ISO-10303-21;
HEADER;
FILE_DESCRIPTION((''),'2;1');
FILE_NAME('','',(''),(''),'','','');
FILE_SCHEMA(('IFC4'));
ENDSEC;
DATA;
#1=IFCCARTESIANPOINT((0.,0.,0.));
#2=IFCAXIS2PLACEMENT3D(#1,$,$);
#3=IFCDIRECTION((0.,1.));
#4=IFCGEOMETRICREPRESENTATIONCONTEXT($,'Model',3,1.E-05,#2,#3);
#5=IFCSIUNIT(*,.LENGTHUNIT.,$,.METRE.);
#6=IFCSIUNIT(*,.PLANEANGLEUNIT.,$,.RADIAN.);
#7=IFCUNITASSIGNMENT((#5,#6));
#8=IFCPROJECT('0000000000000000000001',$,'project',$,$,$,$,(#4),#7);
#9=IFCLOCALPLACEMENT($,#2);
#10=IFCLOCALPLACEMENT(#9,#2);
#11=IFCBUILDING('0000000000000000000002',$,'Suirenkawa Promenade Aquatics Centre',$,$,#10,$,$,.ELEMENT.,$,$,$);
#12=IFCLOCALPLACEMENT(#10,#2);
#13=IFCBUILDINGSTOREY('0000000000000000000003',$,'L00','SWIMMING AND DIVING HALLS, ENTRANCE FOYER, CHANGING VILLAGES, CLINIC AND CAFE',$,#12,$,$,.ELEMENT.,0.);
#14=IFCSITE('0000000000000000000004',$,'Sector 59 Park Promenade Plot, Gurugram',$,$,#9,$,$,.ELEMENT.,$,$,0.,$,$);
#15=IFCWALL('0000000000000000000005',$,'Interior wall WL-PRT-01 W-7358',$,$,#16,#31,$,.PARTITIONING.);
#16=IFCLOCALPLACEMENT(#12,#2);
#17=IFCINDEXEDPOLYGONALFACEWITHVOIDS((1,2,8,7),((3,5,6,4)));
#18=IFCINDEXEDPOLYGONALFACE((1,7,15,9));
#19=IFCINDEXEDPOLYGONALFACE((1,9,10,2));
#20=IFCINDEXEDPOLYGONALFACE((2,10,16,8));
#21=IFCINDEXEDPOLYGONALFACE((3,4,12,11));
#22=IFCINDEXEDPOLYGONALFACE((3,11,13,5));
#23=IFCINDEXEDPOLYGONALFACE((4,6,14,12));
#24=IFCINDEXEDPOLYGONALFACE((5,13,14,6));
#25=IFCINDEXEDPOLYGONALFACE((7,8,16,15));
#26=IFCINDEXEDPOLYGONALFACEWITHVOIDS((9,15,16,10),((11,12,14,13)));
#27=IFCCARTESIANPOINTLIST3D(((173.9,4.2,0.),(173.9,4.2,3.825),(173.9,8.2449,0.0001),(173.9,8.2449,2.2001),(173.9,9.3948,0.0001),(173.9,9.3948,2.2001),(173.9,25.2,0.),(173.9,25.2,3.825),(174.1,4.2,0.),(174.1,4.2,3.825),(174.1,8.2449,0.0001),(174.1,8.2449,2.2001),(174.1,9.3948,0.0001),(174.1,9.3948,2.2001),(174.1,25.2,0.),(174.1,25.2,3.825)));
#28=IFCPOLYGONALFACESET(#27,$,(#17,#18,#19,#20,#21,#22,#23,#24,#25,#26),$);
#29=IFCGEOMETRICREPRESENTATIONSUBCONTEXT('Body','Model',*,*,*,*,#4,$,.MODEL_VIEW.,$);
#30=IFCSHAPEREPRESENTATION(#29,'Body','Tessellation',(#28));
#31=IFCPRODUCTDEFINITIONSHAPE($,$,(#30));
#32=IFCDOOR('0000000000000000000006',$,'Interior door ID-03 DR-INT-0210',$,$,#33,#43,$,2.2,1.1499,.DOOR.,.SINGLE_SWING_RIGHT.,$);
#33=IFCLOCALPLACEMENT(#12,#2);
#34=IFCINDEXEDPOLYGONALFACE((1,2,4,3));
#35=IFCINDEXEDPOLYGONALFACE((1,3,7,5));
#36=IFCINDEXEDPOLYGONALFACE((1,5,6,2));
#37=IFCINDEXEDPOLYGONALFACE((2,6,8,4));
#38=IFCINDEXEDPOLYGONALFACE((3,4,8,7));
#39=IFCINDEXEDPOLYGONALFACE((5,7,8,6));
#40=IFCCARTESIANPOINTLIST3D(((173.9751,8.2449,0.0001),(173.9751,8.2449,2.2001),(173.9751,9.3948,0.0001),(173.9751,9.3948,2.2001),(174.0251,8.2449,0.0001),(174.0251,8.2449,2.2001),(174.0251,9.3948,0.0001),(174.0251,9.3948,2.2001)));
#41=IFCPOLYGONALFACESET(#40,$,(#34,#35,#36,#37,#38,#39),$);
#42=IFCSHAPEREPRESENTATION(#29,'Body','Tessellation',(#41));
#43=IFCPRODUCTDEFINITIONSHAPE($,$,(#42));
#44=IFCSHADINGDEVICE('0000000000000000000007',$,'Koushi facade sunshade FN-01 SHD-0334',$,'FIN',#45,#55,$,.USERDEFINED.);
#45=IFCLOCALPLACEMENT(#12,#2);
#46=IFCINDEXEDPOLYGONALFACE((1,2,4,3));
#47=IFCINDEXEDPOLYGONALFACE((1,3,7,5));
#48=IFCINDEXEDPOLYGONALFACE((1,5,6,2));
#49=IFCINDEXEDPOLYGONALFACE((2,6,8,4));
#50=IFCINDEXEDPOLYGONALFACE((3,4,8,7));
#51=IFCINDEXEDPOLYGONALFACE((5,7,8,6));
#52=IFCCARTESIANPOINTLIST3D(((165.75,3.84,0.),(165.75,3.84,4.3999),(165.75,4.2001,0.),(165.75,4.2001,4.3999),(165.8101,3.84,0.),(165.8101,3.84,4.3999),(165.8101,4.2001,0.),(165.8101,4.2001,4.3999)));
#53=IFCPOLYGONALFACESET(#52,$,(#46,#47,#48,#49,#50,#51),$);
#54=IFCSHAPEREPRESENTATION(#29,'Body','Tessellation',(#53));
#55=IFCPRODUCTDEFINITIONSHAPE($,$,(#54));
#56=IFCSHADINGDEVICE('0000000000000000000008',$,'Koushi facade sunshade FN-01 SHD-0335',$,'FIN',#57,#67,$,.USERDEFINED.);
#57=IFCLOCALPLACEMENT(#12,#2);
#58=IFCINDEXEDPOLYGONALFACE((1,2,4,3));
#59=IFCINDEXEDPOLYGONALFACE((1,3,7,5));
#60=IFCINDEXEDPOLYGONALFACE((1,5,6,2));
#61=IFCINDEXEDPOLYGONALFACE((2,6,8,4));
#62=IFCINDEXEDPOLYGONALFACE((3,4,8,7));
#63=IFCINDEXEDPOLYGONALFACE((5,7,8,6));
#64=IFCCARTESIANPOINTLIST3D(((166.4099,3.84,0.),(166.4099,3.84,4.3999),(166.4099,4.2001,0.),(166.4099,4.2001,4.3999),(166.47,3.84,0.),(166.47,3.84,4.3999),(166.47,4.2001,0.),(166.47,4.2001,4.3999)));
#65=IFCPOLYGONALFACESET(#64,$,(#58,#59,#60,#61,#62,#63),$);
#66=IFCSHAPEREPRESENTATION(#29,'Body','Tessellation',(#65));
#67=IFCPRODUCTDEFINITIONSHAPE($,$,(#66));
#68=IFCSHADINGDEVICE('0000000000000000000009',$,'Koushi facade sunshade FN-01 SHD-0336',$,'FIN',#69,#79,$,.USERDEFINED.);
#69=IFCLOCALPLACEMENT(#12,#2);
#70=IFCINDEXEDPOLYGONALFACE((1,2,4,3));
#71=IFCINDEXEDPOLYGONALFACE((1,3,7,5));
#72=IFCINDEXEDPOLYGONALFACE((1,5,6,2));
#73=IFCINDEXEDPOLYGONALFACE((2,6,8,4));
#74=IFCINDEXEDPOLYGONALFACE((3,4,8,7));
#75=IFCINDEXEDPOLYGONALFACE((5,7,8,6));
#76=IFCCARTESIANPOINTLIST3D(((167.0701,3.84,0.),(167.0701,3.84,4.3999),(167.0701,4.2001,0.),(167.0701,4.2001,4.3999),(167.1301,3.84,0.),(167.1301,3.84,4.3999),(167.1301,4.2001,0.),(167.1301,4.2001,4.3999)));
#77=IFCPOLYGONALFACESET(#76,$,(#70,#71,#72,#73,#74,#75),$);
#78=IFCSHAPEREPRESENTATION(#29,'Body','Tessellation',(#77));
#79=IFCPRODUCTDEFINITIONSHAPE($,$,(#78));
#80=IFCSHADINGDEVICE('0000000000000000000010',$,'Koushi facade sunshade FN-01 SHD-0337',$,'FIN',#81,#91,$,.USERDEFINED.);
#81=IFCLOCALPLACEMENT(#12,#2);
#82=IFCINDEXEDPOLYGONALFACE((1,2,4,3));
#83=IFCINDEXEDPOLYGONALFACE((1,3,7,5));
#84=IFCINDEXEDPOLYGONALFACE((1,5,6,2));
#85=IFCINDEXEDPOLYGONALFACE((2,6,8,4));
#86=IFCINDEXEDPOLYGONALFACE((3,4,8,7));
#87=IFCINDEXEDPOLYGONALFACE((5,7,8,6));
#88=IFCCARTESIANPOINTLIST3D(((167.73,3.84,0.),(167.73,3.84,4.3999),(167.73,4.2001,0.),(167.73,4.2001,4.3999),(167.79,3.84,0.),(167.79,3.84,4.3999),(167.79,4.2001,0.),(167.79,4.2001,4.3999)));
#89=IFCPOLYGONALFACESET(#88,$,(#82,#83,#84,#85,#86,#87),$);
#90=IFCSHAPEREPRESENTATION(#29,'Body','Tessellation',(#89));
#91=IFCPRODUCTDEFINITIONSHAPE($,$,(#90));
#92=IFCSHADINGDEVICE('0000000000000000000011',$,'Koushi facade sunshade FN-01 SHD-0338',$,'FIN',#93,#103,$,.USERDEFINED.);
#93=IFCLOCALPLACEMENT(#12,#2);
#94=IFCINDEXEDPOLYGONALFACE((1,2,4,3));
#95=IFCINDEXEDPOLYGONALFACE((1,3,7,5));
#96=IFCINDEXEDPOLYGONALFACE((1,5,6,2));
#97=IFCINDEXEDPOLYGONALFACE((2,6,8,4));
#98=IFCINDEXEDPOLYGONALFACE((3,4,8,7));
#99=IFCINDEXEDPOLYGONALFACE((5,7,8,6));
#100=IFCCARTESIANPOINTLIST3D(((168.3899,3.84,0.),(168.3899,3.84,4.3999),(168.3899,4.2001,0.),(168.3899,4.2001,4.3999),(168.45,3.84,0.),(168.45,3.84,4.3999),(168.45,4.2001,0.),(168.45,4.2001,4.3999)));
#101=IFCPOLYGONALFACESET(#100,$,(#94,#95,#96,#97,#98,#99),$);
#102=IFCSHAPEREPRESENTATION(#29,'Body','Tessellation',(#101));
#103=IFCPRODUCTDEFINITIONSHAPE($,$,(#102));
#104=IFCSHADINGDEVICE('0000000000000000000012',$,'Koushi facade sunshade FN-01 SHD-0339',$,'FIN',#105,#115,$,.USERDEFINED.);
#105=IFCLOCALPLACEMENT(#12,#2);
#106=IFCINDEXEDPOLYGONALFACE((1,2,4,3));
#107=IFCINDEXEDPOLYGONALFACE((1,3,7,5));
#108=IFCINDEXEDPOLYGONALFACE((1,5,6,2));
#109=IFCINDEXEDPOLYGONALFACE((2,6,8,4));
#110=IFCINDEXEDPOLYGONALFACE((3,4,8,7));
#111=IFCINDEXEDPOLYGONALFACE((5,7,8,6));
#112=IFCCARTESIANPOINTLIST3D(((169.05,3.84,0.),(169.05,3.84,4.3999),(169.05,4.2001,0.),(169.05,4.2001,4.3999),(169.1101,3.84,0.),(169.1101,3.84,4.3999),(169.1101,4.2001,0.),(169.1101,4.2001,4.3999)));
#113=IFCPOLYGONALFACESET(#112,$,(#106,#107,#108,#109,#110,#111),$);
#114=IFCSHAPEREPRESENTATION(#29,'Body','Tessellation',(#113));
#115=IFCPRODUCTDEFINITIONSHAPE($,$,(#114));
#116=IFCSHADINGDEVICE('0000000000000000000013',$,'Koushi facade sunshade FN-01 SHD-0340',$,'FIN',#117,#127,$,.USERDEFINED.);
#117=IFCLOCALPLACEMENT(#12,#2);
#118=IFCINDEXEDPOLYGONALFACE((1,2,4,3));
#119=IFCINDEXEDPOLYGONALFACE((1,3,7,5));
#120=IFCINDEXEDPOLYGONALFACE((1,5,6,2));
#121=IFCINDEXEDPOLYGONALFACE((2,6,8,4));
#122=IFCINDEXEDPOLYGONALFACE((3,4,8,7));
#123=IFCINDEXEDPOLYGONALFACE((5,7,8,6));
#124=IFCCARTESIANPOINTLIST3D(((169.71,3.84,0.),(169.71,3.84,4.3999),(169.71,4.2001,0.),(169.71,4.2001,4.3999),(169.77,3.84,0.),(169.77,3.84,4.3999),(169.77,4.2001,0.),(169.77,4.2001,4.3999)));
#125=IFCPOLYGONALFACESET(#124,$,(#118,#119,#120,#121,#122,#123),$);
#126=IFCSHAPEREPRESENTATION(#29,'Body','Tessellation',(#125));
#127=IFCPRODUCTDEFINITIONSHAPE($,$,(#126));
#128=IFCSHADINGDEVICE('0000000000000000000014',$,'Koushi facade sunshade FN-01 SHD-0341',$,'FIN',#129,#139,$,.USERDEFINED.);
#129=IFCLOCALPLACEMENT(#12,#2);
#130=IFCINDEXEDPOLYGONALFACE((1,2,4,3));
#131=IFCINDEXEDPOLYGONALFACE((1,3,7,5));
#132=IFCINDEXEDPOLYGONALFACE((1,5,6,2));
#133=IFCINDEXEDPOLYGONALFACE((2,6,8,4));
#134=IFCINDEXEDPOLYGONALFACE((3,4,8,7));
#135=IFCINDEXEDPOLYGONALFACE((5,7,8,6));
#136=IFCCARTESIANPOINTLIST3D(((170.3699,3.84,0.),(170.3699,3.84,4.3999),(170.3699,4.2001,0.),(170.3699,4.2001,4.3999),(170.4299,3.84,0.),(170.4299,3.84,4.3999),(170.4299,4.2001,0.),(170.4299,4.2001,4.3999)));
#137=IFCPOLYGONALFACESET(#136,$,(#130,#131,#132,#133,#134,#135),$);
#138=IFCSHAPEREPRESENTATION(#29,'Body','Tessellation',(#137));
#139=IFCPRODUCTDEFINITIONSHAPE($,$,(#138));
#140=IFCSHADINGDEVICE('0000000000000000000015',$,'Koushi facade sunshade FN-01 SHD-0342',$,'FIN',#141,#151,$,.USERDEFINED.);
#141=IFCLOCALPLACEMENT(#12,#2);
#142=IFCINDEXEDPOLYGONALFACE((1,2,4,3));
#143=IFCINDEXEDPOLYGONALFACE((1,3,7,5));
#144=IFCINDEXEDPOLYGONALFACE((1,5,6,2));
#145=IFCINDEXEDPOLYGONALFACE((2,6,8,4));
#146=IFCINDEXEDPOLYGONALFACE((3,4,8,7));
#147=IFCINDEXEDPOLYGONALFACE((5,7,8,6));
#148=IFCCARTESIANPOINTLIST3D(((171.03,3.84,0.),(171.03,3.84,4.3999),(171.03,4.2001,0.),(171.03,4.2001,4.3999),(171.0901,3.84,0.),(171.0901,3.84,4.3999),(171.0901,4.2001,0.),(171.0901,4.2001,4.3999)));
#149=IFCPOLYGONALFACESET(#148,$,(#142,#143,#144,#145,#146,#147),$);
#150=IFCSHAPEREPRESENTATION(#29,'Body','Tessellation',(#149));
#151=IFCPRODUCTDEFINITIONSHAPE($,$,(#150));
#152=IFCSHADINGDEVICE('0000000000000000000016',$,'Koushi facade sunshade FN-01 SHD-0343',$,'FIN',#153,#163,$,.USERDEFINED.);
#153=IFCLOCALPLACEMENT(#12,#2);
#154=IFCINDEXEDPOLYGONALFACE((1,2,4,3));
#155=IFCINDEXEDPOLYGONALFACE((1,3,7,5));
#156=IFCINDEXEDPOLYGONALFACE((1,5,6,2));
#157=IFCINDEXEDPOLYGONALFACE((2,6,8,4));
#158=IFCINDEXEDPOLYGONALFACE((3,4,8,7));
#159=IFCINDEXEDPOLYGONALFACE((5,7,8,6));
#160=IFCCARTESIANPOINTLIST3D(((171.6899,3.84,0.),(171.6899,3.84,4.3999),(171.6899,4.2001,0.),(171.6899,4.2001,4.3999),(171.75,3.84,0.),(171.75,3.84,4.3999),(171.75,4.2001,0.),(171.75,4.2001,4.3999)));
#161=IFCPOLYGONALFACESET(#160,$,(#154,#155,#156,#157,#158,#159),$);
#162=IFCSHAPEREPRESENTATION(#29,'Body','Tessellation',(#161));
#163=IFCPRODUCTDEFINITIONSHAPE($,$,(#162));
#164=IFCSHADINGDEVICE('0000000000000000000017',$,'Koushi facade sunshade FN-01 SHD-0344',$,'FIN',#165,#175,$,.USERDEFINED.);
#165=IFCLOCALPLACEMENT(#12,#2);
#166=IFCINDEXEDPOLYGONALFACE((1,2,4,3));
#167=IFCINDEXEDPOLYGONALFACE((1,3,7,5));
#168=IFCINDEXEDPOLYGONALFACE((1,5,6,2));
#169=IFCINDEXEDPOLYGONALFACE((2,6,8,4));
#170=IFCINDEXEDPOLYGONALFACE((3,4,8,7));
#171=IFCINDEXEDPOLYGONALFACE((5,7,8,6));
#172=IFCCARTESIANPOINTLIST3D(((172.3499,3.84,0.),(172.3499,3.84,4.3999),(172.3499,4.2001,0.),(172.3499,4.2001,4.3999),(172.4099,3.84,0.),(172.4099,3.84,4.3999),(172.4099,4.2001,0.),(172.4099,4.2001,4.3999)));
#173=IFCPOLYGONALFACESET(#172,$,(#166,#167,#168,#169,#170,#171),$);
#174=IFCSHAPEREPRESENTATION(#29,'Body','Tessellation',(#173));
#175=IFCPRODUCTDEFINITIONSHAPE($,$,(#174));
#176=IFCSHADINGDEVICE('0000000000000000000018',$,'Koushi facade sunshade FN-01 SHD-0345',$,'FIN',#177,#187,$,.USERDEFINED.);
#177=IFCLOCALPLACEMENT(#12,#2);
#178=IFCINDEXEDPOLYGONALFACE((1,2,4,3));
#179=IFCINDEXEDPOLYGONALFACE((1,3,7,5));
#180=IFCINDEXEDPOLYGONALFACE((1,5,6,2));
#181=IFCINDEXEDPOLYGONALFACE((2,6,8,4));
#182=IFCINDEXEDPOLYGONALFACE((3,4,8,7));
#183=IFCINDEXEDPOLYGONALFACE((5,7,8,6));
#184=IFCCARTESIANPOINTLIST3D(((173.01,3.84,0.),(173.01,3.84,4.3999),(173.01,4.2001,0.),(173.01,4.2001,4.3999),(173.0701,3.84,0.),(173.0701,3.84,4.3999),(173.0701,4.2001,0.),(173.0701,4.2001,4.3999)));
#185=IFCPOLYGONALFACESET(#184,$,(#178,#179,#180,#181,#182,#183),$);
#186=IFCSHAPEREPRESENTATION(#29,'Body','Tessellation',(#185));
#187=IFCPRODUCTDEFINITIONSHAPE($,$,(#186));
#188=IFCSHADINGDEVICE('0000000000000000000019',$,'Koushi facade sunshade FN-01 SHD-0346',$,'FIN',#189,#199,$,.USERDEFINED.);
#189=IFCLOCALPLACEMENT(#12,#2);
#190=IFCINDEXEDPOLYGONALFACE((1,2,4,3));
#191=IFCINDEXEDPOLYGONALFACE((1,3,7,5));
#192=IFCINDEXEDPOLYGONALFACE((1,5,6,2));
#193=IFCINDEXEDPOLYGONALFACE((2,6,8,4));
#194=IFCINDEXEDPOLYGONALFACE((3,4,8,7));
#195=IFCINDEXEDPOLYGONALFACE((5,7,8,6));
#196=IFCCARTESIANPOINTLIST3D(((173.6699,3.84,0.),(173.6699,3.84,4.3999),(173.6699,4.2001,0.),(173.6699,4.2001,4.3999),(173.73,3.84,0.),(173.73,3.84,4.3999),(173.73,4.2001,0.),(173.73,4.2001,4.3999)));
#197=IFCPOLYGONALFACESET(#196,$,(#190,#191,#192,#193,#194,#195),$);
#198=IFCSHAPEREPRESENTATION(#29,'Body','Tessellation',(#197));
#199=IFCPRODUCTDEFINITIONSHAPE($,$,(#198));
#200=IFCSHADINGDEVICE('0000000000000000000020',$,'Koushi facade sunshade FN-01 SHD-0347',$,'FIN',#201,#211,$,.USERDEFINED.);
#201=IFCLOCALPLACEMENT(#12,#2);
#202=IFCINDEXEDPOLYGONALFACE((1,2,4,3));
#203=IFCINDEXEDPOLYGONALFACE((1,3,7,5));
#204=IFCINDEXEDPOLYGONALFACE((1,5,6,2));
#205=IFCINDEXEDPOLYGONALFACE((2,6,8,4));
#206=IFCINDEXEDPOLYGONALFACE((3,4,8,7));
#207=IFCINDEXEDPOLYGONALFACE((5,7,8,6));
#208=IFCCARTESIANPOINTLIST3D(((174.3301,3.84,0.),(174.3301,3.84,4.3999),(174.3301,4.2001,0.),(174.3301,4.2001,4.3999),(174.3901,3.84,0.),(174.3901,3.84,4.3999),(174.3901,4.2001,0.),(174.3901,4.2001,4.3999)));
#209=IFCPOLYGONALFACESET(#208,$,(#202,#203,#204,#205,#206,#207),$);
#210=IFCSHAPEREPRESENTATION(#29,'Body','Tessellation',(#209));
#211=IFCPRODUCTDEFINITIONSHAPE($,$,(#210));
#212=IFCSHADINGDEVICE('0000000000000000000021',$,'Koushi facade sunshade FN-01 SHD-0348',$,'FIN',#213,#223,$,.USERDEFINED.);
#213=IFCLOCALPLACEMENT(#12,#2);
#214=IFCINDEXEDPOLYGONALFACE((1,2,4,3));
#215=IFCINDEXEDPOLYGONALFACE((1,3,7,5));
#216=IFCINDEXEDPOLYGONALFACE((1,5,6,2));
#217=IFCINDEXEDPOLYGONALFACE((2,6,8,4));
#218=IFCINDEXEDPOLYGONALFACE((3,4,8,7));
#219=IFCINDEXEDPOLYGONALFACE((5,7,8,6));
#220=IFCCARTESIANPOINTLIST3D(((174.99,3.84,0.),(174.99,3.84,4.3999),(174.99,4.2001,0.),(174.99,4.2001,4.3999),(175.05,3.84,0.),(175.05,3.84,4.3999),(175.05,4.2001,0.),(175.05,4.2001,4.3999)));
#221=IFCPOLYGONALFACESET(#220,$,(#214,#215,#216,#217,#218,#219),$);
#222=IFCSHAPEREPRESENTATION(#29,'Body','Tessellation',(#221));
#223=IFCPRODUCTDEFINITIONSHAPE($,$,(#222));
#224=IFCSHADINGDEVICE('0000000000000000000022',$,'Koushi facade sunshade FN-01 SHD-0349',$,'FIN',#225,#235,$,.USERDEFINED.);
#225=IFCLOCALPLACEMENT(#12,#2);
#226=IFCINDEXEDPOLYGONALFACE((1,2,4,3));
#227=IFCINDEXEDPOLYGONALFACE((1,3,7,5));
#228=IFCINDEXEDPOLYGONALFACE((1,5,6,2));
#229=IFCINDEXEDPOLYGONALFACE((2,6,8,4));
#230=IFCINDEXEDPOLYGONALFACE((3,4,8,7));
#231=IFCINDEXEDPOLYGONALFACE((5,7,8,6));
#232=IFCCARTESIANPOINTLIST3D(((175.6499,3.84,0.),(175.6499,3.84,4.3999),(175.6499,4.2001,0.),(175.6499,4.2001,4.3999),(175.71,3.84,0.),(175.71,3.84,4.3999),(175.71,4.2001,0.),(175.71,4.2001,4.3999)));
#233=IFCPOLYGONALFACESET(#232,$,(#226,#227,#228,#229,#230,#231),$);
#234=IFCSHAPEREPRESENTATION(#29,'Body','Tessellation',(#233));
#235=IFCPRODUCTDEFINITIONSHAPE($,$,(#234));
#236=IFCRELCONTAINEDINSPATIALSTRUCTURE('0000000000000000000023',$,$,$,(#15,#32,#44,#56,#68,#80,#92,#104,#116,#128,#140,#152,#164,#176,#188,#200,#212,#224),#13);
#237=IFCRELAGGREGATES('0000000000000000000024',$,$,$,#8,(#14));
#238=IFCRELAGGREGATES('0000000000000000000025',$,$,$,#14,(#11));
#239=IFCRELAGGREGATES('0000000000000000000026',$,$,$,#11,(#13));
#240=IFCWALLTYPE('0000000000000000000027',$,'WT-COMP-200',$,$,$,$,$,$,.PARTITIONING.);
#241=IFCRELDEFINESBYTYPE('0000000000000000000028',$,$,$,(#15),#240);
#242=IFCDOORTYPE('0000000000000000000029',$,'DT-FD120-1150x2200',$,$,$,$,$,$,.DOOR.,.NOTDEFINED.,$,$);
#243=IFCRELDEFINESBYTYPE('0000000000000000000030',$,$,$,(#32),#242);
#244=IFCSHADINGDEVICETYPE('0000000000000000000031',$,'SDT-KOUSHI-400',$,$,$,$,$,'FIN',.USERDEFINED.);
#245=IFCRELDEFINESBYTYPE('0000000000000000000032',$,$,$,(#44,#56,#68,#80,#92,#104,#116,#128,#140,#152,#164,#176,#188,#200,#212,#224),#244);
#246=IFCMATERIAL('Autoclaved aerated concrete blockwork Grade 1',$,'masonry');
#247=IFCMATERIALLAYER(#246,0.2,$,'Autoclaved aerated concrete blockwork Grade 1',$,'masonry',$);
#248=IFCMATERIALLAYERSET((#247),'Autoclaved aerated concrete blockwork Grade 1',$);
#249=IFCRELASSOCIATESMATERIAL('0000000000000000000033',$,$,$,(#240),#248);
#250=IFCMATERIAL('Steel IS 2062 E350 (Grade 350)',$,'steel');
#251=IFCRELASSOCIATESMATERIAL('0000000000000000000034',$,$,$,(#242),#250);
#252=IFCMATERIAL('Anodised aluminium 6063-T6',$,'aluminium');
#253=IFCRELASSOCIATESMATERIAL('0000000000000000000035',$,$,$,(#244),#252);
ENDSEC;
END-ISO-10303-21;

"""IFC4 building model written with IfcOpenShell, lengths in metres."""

from ifc_helpers import new_model, si_unit, direction, frame, frame_2d, origin, origin_2d, place, context, subcontext, project, spatial, rectangle, extrude, material, layer, layer_set, type_object, element, fill, save


model = new_model("IFC4")

# Units and contexts
model_context = context("Model", 3, precision=1e-05, world=origin(), true_north=direction((0.0, 1.0)))
body_context = subcontext(model_context, "Body", "Model", "MODEL_VIEW")
ifc_project = project(units=[si_unit("LENGTHUNIT", "METRE"), si_unit("PLANEANGLEUNIT", "RADIAN")], contexts=[model_context])

# Site, building, storey
site_placement = place(None, origin())
site = spatial("IfcSite", under=ifc_project, at=site_placement, Name="Sector 59 Park Promenade Plot, Gurugram", CompositionType="ELEMENT", RefElevation=0.0)
building_placement = place(site_placement, origin())
building = spatial("IfcBuilding", under=site, at=building_placement, Name="Suirenkawa Promenade Aquatics Centre", CompositionType="ELEMENT")
storey_placement = place(building_placement, origin())
storey = spatial("IfcBuildingStorey", under=building, at=storey_placement, Name="L00", Description="SWIMMING AND DIVING HALLS, ENTRANCE FOYER, CHANGING VILLAGES, CLINIC AND CAFE", CompositionType="ELEMENT", Elevation=0.0)

# Shared definitions
ifc_material_1 = material(Name="Steel IS 2062 E350 (Grade 350)", Category="steel")

# Wall, opening, door
ifc_material_2 = material(Name="Autoclaved aerated concrete blockwork Grade 1", Category="masonry")
ifc_layer_1 = layer(ifc_material_2, 0.2, Name="Autoclaved aerated concrete blockwork Grade 1", Category="masonry")
ifc_layer_set_1 = layer_set([ifc_layer_1], Name="Autoclaved aerated concrete blockwork Grade 1")
wall_type_1 = type_object("IfcWallType", Name="WT-COMP-200", PredefinedType="PARTITIONING", material=ifc_layer_set_1)
wall_1_placement = place(storey_placement, frame((174.0, 4.2, 0.0), z_axis=(0.0, 0.0, 1.0), x_axis=(0.0, 1.0, 0.0)))
wall_1 = element("IfcWall", 1, at=wall_1_placement, inside=storey, type_object=wall_type_1, Name="Interior wall WL-PRT-01 W-7358", PredefinedType="PARTITIONING", context=body_context, shape_type="SweptSolid", body=[
    extrude(rectangle(XDim=21.0, YDim=0.2, at=frame_2d((10.5, 0.0))), origin(), (0.0, 0.0, 1.0), 3.825),
])
opening_1_placement = place(wall_1_placement, frame((4.0449, 0.0, 0.0)))
opening_1 = element("IfcOpeningElement", 2, at=opening_1_placement, cuts=wall_1, PredefinedType="OPENING", context=body_context, shape_type="SweptSolid", body=[
    extrude(rectangle(XDim=1.1499, YDim=2.2, at=frame_2d((0.575, 1.1001))), frame((0.0, 0.1099, 0.0), z_axis=(0.0, -1.0, 0.0), x_axis=(1.0, 0.0, 0.0)), (0.0, 0.0, 1.0), 0.22),
])
door_type_1 = type_object("IfcDoorType", Name="DT-FD120-1150x2200", OperationType="NOTDEFINED", PredefinedType="DOOR", material=ifc_material_1)
door_1_placement = place(opening_1_placement, origin())
door_1 = element("IfcDoor", 3, at=door_1_placement, inside=storey, type_object=door_type_1, Name="Interior door ID-03 DR-INT-0210", OperationType="SINGLE_SWING_RIGHT", OverallHeight=2.2, OverallWidth=1.1499, PredefinedType="DOOR", context=body_context, shape_type="SweptSolid", body=[
    extrude(rectangle(XDim=1.1499, YDim=2.2, at=frame_2d((0.575, 1.1001))), frame((0.0, 0.0249, 0.0), z_axis=(0.0, -1.0, 0.0), x_axis=(1.0, 0.0, 0.0)), (0.0, 0.0, 1.0), 0.05),
])
fill(opening_1, door_1)
ifc_material_3 = material(Name="Anodised aluminium 6063-T6", Category="aluminium")

# Shading devices
shading_device_type = type_object("IfcShadingDeviceType", Name="SDT-KOUSHI-400", ElementType="FIN", PredefinedType="USERDEFINED", material=ifc_material_3)
for number, where, z_axis, x_axis, name in (
    (4, (165.78, 4.02, 0.0), (0.0, 0.0, 1.0), (1.0, 0.0, 0.0), "Koushi facade sunshade FN-01 SHD-0334"),
    (5, (166.4399, 4.02, 0.0), (0.0, 0.0, 1.0), (1.0, 0.0, 0.0), "Koushi facade sunshade FN-01 SHD-0335"),
    (6, (167.1001, 4.02, 0.0), (0.0, 0.0, 1.0), (1.0, 0.0, 0.0), "Koushi facade sunshade FN-01 SHD-0336"),
    (7, (167.76, 4.02, 0.0), (0.0, 0.0, 1.0), (1.0, 0.0, 0.0), "Koushi facade sunshade FN-01 SHD-0337"),
    (8, (168.4199, 4.02, 0.0), (0.0, 0.0, 1.0), (1.0, 0.0, 0.0), "Koushi facade sunshade FN-01 SHD-0338"),
    (9, (169.0801, 4.02, 0.0), (0.0, 0.0, 1.0), (1.0, 0.0, 0.0), "Koushi facade sunshade FN-01 SHD-0339"),
    (10, (169.74, 4.02, 0.0), (0.0, 0.0, 1.0), (1.0, 0.0, 0.0), "Koushi facade sunshade FN-01 SHD-0340"),
    (11, (170.3999, 4.02, 0.0), (0.0, 0.0, 1.0), (1.0, 0.0, 0.0), "Koushi facade sunshade FN-01 SHD-0341"),
    (12, (171.0601, 4.02, 0.0), (0.0, 0.0, 1.0), (1.0, 0.0, 0.0), "Koushi facade sunshade FN-01 SHD-0342"),
    (13, (171.72, 4.02, 0.0), (0.0, 0.0, 1.0), (1.0, 0.0, 0.0), "Koushi facade sunshade FN-01 SHD-0343"),
    (14, (172.3799, 4.02, 0.0), (0.0, 0.0, 1.0), (1.0, 0.0, 0.0), "Koushi facade sunshade FN-01 SHD-0344"),
    (15, (173.04, 4.02, 0.0), (0.0, 0.0, 1.0), (1.0, 0.0, 0.0), "Koushi facade sunshade FN-01 SHD-0345"),
    (16, (173.7, 4.02, 0.0), (0.0, 0.0, 1.0), (1.0, 0.0, 0.0), "Koushi facade sunshade FN-01 SHD-0346"),
    (17, (174.3601, 4.02, 0.0), (0.0, 0.0, 1.0), (1.0, 0.0, 0.0), "Koushi facade sunshade FN-01 SHD-0347"),
    (18, (175.02, 4.02, 0.0), (0.0, 0.0, 1.0), (1.0, 0.0, 0.0), "Koushi facade sunshade FN-01 SHD-0348"),
    (19, (175.6799, 4.02, 0.0), (0.0, 0.0, 1.0), (1.0, 0.0, 0.0), "Koushi facade sunshade FN-01 SHD-0349"),
):
    element("IfcShadingDevice", number, at=place(storey_placement, frame(where, z_axis=z_axis, x_axis=x_axis)), inside=storey, type_object=shading_device_type, Name=name, ObjectType="FIN", PredefinedType="USERDEFINED", context=body_context, shape_type="SweptSolid", body=[
        extrude(rectangle(XDim=0.0601, YDim=0.3601, at=origin_2d()), origin(), (0.0, 0.0, 1.0), 4.3999),
    ])

save(model, "model.ifc")
